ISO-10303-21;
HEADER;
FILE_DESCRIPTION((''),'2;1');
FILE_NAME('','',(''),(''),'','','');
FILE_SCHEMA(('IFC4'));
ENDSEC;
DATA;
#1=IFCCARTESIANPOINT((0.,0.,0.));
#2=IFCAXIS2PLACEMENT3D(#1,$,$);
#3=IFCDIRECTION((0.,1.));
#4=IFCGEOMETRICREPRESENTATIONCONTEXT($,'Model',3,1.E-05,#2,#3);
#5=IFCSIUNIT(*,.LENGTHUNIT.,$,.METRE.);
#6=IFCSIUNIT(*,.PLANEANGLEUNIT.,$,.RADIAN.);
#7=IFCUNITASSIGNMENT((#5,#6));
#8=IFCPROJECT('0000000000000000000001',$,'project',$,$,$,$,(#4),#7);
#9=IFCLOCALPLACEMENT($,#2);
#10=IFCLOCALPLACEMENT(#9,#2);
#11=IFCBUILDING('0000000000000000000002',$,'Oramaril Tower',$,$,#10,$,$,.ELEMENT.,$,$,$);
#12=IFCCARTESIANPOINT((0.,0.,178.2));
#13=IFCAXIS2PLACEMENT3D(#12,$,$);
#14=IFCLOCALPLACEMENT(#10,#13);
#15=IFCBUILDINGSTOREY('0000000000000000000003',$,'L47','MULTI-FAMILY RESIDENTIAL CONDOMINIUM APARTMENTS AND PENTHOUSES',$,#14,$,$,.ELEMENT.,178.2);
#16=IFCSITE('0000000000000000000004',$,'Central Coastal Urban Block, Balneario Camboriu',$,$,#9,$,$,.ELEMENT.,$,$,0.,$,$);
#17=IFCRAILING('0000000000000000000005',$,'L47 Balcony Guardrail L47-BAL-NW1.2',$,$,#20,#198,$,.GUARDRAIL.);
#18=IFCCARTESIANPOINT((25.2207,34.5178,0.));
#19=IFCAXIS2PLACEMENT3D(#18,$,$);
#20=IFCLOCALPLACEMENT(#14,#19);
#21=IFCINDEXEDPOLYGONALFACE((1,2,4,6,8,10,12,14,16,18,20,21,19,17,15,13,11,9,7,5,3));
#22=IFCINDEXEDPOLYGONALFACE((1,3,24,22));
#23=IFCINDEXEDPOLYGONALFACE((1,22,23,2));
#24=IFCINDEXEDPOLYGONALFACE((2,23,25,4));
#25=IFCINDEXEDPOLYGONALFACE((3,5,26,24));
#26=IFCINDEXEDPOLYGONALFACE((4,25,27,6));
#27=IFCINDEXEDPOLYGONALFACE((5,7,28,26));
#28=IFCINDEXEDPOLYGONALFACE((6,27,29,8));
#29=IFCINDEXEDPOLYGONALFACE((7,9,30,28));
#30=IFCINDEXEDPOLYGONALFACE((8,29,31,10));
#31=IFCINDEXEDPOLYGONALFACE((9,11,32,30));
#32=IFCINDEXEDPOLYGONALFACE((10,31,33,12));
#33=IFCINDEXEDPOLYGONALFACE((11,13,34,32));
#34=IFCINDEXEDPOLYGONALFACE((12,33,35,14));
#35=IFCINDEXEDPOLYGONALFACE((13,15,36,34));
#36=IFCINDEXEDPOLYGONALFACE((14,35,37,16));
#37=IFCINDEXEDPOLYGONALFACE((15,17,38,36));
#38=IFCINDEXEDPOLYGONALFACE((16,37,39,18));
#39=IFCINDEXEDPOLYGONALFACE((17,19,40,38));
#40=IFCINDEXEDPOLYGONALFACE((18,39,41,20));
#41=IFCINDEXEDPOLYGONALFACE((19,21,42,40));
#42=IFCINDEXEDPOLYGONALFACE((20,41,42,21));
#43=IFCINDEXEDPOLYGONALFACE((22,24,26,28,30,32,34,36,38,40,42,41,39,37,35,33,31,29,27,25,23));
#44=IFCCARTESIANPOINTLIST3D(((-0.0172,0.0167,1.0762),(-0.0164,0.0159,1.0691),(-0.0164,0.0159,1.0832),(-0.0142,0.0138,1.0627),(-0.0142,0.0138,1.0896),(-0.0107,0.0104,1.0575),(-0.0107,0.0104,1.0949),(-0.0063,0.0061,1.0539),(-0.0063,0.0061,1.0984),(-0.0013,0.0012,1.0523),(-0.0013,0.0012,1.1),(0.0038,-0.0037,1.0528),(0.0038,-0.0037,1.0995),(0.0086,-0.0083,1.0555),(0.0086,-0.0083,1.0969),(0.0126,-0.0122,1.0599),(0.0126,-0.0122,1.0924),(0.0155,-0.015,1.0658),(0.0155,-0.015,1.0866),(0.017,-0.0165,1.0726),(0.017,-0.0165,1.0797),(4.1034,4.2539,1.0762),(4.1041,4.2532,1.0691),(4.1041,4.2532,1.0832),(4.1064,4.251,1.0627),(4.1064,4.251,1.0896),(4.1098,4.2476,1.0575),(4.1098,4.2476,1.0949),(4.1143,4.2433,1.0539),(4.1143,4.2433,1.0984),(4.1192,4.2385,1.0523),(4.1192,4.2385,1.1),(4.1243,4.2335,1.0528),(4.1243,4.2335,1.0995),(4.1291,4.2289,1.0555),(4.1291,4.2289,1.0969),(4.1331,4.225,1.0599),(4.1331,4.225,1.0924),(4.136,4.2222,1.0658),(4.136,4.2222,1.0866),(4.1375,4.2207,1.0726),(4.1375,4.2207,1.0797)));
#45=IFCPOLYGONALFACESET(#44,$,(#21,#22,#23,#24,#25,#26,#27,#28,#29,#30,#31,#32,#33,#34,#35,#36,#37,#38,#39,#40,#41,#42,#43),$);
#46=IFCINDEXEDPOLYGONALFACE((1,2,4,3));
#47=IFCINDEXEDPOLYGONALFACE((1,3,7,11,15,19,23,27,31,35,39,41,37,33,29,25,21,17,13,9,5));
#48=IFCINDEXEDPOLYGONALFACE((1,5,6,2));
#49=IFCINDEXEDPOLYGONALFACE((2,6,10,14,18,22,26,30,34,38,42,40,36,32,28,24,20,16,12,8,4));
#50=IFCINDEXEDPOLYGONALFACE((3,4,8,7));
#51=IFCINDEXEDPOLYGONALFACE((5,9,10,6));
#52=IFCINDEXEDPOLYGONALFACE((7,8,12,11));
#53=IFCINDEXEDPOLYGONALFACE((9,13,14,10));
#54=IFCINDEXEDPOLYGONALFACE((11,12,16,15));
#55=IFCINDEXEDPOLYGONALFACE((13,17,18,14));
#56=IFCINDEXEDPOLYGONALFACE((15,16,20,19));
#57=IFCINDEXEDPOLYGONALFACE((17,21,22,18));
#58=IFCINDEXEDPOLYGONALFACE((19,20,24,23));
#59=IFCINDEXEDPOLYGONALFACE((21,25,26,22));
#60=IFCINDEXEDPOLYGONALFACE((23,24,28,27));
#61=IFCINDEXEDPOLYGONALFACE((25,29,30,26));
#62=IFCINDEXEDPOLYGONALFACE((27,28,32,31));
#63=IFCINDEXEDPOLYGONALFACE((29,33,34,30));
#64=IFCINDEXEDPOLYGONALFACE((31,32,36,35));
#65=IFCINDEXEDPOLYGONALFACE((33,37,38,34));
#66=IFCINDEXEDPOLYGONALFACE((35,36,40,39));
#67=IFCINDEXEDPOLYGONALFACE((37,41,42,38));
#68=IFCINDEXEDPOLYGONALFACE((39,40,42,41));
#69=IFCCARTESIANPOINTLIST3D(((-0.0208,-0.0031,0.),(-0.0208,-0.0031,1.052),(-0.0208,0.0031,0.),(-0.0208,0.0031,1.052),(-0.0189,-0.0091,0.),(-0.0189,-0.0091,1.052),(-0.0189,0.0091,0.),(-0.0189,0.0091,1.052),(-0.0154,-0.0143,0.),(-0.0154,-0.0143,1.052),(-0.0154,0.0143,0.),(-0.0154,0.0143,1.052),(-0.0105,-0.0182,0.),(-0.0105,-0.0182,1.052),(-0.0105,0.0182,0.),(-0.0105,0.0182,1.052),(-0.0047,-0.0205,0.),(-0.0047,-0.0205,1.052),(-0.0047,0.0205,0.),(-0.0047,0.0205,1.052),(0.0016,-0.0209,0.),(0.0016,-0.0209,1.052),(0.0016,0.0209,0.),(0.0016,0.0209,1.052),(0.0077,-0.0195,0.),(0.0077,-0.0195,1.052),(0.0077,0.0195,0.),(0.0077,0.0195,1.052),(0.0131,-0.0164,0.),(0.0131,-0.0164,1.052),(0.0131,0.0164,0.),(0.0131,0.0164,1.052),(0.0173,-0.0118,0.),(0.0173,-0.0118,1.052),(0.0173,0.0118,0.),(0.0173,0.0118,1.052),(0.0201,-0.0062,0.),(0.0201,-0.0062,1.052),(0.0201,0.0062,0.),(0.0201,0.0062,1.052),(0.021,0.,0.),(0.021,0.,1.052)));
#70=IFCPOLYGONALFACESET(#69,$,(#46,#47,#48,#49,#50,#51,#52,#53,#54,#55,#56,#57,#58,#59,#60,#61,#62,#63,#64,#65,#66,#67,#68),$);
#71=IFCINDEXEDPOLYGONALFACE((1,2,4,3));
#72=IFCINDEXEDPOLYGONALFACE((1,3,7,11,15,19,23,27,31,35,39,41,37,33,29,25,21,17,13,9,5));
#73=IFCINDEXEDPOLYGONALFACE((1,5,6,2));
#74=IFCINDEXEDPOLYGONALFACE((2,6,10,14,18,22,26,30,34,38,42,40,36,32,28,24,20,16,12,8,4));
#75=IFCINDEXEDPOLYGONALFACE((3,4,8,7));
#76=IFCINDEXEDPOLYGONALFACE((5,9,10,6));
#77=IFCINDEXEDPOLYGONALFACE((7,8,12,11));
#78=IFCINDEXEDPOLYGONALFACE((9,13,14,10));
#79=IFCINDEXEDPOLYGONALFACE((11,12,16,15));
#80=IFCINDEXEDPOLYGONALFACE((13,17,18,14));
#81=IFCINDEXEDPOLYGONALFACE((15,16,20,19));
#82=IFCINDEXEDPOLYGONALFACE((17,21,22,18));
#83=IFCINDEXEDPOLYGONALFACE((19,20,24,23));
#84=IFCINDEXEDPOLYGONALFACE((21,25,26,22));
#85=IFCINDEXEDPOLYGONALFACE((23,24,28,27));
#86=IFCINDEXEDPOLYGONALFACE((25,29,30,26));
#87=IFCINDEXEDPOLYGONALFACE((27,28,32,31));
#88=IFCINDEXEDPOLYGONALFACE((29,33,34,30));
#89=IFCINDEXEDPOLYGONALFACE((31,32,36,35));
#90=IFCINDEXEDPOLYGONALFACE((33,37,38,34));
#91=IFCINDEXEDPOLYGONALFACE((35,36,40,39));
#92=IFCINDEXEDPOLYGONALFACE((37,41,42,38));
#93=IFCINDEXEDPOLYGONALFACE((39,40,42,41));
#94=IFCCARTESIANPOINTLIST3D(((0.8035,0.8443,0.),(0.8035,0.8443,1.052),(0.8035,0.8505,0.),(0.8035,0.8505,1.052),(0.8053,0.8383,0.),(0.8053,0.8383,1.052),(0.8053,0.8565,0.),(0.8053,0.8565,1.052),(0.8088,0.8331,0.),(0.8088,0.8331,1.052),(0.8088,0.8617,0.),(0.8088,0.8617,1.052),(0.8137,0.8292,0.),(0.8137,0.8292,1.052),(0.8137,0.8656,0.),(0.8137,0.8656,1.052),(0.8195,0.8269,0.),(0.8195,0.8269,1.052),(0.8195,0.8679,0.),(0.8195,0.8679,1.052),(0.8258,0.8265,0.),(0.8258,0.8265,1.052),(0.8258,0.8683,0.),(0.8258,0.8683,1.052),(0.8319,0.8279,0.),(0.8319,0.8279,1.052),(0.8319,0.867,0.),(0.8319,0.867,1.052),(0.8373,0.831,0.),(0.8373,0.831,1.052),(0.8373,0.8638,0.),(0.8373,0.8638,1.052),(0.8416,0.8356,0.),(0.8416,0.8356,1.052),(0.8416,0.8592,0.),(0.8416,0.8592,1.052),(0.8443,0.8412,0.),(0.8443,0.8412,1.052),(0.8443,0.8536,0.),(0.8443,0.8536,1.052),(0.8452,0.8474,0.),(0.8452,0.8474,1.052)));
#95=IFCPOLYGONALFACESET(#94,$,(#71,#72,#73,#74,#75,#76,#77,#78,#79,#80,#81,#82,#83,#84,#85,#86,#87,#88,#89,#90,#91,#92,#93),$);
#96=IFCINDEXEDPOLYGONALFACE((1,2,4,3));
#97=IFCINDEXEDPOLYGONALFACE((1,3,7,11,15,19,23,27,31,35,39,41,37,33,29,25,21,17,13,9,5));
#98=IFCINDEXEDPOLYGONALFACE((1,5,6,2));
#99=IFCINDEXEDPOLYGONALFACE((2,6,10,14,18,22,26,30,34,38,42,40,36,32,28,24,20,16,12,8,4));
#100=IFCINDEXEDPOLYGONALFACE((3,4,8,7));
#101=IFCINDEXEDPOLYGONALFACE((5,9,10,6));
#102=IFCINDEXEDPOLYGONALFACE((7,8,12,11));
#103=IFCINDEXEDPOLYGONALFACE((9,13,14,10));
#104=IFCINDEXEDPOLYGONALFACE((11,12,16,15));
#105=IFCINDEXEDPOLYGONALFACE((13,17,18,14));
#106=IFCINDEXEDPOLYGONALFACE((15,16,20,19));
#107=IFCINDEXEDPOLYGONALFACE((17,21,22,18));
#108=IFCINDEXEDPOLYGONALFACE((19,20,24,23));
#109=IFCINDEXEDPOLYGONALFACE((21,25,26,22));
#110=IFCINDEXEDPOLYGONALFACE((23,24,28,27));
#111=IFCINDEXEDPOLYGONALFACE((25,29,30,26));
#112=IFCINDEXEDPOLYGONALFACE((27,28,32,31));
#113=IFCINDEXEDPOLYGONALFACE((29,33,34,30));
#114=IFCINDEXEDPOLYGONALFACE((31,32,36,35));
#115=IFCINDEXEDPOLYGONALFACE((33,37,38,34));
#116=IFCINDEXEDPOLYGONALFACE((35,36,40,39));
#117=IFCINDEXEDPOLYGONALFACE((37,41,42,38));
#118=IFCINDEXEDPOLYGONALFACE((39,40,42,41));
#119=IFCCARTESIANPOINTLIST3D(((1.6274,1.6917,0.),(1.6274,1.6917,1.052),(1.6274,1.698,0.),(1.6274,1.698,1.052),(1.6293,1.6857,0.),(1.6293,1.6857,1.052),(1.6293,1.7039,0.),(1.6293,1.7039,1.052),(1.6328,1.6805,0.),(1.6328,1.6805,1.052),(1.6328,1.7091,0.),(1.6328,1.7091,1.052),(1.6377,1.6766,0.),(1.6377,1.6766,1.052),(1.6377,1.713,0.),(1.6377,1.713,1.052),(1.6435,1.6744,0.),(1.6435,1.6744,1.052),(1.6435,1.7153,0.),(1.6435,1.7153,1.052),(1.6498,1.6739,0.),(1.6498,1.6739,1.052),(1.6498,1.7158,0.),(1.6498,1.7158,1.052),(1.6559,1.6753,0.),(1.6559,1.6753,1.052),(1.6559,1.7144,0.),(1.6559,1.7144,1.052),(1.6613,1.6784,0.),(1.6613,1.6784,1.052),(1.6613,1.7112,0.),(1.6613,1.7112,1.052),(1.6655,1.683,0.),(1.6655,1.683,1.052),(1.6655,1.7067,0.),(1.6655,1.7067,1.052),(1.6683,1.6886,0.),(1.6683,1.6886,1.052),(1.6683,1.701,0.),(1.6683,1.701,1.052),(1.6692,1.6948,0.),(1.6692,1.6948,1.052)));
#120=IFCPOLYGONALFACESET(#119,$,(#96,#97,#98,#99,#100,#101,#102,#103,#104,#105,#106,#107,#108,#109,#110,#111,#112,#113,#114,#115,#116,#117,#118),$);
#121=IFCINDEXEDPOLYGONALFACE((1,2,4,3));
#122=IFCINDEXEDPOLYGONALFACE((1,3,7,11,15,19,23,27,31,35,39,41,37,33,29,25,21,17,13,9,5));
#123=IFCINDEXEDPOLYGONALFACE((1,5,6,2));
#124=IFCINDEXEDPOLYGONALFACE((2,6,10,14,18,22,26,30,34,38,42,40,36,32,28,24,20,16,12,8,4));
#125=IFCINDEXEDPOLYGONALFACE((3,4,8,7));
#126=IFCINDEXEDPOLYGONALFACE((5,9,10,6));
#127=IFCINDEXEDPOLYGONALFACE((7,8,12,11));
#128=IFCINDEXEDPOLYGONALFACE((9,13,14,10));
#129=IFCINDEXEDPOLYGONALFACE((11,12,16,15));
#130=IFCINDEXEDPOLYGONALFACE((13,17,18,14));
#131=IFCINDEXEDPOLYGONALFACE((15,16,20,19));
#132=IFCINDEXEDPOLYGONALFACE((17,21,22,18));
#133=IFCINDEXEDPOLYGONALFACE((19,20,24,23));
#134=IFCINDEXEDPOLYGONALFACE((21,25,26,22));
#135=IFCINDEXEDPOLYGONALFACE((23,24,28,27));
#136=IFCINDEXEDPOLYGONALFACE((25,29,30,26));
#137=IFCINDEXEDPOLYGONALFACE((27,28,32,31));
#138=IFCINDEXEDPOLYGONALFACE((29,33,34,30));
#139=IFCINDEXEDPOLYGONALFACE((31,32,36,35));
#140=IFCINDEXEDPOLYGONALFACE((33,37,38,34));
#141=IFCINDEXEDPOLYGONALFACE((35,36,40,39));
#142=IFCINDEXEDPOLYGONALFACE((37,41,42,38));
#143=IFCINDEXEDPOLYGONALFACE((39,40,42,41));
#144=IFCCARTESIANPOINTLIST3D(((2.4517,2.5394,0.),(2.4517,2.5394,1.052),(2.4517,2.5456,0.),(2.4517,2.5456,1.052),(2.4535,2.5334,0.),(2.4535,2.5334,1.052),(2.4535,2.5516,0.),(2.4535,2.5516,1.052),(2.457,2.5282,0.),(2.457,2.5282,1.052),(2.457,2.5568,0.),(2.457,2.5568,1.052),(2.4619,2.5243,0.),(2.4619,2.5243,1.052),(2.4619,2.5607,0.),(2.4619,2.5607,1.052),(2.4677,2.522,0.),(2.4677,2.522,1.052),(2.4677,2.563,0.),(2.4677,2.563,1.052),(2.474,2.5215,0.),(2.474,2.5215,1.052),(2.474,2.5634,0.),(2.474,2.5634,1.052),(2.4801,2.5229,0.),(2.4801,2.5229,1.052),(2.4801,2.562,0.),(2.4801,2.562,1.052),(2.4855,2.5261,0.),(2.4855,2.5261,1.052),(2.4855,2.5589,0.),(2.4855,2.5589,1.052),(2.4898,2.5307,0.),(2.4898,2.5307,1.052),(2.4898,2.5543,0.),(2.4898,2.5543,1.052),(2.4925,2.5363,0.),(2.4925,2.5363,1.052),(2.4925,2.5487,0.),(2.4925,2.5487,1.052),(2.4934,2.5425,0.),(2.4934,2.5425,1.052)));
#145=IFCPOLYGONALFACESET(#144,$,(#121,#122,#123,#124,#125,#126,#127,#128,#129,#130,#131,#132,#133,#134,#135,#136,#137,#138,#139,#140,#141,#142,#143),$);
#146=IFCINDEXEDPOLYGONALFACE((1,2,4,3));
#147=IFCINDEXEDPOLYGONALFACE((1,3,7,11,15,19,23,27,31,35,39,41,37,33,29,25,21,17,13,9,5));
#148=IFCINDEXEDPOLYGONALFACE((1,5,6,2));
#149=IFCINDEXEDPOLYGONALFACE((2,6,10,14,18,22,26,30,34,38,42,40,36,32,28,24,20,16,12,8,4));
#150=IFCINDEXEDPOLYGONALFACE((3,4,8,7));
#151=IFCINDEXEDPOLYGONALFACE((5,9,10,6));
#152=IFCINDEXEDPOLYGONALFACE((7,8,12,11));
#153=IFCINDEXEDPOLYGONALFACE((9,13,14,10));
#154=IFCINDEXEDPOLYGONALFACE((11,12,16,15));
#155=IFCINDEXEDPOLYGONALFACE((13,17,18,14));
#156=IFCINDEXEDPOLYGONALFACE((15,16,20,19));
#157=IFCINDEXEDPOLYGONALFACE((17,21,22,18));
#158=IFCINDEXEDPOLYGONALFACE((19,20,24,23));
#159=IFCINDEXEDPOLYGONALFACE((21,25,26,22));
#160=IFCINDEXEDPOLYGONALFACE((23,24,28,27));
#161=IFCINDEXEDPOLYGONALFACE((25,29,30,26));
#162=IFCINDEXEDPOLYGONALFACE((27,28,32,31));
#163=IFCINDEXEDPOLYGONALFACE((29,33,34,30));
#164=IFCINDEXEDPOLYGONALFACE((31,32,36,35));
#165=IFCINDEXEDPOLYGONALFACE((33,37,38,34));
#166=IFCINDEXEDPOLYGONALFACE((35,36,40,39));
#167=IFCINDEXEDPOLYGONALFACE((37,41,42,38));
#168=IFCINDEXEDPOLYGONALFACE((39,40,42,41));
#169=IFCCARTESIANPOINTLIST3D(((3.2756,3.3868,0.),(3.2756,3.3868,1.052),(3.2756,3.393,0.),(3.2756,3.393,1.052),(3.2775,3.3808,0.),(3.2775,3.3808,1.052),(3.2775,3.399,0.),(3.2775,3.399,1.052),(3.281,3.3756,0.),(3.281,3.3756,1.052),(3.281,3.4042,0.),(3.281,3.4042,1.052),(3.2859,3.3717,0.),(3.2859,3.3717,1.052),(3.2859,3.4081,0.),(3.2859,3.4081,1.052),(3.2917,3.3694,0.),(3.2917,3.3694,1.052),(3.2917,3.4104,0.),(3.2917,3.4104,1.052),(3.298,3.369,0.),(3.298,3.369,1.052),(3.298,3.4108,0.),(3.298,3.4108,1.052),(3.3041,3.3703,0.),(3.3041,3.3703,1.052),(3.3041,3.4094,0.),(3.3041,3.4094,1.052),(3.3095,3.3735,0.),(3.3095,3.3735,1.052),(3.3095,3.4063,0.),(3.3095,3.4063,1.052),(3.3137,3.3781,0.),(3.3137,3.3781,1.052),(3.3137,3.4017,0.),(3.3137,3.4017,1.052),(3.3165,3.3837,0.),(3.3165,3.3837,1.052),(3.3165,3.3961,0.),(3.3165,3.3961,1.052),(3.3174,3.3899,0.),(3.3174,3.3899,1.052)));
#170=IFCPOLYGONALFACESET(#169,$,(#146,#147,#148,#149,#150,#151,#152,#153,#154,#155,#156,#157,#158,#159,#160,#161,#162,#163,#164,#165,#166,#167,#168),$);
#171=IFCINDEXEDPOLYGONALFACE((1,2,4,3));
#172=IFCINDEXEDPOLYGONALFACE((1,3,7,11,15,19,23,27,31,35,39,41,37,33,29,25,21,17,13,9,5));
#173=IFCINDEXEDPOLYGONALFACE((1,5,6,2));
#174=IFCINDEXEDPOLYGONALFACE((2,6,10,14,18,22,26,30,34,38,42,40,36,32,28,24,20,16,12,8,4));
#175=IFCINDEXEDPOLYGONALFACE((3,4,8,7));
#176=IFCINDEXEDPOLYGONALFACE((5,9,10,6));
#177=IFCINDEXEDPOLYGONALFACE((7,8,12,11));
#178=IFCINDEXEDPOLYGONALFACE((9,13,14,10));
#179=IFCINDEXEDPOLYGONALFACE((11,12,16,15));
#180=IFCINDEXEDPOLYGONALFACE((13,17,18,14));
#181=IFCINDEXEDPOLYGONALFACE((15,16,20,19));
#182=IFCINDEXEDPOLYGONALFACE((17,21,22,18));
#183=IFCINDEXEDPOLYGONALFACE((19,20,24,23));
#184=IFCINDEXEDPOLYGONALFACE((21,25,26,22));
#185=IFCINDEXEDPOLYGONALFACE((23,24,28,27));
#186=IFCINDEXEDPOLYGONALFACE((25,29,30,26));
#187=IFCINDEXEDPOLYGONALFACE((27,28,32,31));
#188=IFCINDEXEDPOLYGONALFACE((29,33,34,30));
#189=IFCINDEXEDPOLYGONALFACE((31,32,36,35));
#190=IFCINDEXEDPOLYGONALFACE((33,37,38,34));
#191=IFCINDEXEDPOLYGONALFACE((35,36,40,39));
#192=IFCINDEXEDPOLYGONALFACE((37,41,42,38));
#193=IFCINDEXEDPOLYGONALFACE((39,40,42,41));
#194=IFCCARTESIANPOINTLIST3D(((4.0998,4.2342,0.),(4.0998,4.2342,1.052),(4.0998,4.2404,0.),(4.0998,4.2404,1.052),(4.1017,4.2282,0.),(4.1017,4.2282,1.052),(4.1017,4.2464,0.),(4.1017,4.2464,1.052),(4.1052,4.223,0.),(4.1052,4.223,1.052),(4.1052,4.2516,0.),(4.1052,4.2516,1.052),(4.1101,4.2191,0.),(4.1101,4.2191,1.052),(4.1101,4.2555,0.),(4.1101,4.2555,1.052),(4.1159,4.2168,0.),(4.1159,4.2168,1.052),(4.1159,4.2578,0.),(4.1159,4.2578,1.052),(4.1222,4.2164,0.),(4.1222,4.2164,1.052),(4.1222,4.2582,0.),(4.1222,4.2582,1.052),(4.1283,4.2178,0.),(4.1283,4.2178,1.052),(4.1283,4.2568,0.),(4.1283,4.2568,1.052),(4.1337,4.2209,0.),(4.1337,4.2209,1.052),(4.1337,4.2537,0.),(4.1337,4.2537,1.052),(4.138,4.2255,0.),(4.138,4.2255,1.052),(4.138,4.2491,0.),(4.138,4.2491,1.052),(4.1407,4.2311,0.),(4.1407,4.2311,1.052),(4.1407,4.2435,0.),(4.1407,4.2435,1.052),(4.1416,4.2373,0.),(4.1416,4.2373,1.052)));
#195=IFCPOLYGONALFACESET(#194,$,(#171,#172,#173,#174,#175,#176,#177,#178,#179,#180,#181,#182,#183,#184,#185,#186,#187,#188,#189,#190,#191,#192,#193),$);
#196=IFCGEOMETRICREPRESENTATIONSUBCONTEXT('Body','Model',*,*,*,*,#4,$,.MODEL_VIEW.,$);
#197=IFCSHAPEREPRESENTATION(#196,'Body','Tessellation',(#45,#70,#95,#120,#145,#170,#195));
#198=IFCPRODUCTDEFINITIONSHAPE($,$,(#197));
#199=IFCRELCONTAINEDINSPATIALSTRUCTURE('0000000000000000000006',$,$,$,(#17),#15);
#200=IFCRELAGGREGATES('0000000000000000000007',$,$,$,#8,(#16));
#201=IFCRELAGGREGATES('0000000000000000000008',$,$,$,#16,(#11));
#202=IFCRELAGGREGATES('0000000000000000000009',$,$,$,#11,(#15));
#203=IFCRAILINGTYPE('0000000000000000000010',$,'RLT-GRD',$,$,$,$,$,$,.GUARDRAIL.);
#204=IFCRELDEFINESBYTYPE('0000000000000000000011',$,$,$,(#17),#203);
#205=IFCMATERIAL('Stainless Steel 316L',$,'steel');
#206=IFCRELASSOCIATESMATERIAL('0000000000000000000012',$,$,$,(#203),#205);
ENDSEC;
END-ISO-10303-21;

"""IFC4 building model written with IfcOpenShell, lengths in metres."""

from ifc_helpers import new_model, si_unit, direction, frame, origin, origin_2d, place, context, subcontext, project, spatial, circle, extrude, material, type_object, element, save


model = new_model("IFC4")

# Units and contexts
model_context = context("Model", 3, precision=1e-05, world=origin(), true_north=direction((0.0, 1.0)))
body_context = subcontext(model_context, "Body", "Model", "MODEL_VIEW")
ifc_project = project(units=[si_unit("LENGTHUNIT", "METRE"), si_unit("PLANEANGLEUNIT", "RADIAN")], contexts=[model_context])

# Site, building, storey
site_placement = place(None, origin())
site = spatial("IfcSite", under=ifc_project, at=site_placement, Name="Central Coastal Urban Block, Balneario Camboriu", CompositionType="ELEMENT", RefElevation=0.0)
building_placement = place(site_placement, origin())
building = spatial("IfcBuilding", under=site, at=building_placement, Name="Oramaril Tower", CompositionType="ELEMENT")
storey_placement = place(building_placement, frame((0.0, 0.0, 178.2)))
storey = spatial("IfcBuildingStorey", under=building, at=storey_placement, Name="L47", Description="MULTI-FAMILY RESIDENTIAL CONDOMINIUM APARTMENTS AND PENTHOUSES", CompositionType="ELEMENT", Elevation=178.2)

# Railing
ifc_material_1 = material(Name="Stainless Steel 316L", Category="steel")
railing_type = type_object("IfcRailingType", Name="RLT-GRD", PredefinedType="GUARDRAIL", material=ifc_material_1)
railing_1_placement = place(storey_placement, frame((25.2207, 34.5178, 0.0)))
element("IfcRailing", 1, at=railing_1_placement, inside=storey, type_object=railing_type, Name="L47 Balcony Guardrail L47-BAL-NW1.2", PredefinedType="GUARDRAIL", context=body_context, shape_type="SweptSolid", body=[
    extrude(circle(Radius=0.0239, at=origin_2d()), frame((0.0, 0.0, 1.0762), z_axis=(0.697166, 0.71691, 0.0), x_axis=(-0.71691, 0.697166, 0.0)), (0.0, 0.0, 1.0), 5.9104),
    extrude(circle(Radius=0.021, at=origin_2d()), origin(), (0.0, 0.0, 1.0), 1.052),
    extrude(circle(Radius=0.021, at=origin_2d()), frame((0.8242, 0.8474, 0.0)), (0.0, 0.0, 1.0), 1.052),
    extrude(circle(Radius=0.021, at=origin_2d()), frame((1.6482, 1.6948, 0.0)), (0.0, 0.0, 1.0), 1.052),
    extrude(circle(Radius=0.021, at=origin_2d()), frame((2.4724, 2.5425, 0.0)), (0.0, 0.0, 1.0), 1.052),
    extrude(circle(Radius=0.021, at=origin_2d()), frame((3.2964, 3.3899, 0.0)), (0.0, 0.0, 1.0), 1.052),
    extrude(circle(Radius=0.021, at=origin_2d()), frame((4.1206, 4.2373, 0.0)), (0.0, 0.0, 1.0), 1.052),
])

save(model, "model.ifc")
